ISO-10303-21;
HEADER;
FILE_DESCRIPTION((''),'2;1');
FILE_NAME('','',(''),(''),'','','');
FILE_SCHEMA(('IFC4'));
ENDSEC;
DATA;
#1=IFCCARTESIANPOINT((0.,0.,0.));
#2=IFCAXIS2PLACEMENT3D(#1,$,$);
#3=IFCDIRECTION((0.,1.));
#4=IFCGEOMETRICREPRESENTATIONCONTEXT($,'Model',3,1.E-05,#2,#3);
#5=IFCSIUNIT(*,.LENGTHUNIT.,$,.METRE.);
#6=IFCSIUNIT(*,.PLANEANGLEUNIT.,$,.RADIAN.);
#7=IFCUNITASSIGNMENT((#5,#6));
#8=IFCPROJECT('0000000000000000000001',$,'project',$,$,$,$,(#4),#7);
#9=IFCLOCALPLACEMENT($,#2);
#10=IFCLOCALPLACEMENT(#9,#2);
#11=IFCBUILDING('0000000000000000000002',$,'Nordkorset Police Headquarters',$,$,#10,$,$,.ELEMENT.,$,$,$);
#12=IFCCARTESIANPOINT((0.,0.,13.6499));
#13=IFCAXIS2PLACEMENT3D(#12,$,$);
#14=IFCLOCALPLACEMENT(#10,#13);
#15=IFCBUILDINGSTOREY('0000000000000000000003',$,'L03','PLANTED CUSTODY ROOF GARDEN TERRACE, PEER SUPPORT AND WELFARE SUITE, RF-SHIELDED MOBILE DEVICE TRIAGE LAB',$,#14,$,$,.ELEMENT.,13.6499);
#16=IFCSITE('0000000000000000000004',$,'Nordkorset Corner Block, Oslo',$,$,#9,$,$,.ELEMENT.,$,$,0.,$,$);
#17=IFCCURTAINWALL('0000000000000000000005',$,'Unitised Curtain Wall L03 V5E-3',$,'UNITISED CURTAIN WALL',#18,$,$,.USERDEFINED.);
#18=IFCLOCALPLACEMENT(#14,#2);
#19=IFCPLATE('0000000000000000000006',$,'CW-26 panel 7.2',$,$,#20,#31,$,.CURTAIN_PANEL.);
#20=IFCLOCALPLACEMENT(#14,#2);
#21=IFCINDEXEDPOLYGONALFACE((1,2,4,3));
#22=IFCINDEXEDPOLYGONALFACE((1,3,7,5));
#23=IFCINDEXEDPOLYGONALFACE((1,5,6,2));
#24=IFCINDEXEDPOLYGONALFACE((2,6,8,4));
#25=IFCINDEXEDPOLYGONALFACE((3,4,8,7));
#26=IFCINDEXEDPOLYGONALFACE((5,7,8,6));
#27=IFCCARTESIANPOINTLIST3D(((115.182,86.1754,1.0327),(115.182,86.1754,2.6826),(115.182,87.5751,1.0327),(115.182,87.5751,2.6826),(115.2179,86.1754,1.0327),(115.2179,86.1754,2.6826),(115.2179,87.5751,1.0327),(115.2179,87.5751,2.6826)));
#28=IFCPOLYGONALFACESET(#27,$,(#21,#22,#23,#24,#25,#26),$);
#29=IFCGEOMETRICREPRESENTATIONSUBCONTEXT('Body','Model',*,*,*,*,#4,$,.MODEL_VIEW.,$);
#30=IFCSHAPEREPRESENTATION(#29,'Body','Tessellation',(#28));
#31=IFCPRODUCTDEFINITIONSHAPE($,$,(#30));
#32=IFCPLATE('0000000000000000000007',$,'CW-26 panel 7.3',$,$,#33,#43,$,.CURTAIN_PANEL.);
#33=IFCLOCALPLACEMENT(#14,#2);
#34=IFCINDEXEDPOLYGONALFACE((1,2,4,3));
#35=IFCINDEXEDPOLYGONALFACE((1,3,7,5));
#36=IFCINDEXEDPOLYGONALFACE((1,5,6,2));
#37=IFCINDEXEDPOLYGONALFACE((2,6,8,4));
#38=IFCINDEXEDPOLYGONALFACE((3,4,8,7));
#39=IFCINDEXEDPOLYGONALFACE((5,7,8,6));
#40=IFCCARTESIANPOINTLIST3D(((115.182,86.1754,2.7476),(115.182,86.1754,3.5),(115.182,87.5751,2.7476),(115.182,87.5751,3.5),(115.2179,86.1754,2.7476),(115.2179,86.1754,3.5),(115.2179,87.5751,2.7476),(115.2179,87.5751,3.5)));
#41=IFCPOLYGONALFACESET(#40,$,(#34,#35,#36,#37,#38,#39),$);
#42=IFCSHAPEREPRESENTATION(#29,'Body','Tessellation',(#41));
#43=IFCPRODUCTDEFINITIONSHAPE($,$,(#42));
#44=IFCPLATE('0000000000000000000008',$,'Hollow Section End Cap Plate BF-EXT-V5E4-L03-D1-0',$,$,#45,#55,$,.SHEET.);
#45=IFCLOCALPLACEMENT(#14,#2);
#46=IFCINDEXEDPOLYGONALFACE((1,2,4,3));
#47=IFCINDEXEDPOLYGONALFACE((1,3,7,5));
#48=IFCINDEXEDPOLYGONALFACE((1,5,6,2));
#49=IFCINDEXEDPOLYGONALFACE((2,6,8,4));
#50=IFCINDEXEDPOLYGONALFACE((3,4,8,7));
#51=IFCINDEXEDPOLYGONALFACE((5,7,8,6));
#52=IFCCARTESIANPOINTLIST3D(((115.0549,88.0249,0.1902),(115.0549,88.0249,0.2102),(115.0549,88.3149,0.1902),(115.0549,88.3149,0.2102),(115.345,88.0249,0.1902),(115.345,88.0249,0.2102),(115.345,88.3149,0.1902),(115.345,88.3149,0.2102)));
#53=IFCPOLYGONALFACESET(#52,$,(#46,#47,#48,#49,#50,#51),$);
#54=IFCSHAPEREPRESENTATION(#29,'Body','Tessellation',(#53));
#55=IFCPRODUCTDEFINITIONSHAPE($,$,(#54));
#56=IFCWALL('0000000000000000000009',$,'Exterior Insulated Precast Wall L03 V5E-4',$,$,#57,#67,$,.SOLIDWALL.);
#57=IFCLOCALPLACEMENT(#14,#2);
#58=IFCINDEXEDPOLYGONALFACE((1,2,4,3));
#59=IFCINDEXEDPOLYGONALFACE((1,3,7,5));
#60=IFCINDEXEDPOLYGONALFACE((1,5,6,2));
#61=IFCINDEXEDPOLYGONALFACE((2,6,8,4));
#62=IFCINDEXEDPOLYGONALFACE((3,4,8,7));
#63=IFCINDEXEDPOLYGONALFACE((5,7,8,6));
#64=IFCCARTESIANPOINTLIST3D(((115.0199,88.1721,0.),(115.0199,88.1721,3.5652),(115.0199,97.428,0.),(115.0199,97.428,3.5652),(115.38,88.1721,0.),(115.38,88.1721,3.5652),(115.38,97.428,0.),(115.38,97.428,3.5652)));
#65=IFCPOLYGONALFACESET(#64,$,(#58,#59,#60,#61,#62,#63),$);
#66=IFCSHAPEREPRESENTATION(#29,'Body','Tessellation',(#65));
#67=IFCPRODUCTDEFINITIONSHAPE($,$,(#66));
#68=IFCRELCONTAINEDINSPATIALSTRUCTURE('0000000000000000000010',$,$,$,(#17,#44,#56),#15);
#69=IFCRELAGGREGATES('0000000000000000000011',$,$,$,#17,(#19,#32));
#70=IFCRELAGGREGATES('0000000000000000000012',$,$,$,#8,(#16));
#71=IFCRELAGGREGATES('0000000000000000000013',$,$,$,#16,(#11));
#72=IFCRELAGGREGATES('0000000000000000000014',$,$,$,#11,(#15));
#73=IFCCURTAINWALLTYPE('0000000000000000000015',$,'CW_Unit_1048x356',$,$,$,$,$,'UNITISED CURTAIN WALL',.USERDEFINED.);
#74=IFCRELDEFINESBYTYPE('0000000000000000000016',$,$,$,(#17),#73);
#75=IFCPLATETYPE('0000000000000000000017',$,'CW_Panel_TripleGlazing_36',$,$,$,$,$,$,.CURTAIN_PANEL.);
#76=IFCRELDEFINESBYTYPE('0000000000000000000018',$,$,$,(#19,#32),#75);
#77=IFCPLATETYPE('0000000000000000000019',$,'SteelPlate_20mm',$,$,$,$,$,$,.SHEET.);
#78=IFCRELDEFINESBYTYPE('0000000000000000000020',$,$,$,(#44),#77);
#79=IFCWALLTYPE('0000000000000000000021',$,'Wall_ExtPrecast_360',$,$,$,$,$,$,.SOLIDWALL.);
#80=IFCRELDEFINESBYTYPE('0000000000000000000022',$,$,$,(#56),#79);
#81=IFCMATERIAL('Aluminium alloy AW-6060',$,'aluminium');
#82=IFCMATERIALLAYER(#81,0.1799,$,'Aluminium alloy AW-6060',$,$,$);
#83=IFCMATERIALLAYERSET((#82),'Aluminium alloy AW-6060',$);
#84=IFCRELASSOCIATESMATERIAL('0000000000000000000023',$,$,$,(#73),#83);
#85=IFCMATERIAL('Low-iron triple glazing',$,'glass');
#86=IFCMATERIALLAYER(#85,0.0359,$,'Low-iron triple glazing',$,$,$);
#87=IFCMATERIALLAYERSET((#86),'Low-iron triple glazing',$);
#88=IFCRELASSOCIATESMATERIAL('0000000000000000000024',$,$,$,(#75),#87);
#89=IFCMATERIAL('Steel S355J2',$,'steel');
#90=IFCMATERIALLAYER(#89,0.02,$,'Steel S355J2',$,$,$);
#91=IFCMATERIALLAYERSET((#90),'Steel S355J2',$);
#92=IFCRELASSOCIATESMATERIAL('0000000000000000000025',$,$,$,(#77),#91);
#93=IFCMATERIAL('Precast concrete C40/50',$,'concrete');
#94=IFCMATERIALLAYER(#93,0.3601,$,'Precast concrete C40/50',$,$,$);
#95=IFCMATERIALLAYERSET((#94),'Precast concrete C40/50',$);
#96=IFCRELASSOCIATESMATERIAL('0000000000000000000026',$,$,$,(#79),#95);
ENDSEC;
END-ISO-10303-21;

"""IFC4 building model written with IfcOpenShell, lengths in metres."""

from ifc_helpers import new_model, si_unit, direction, frame, frame_2d, origin, origin_2d, place, context, subcontext, project, spatial, rectangle, extrude, material, layer, layer_set, type_object, element, aggregate, save


model = new_model("IFC4")

# Units and contexts
model_context = context("Model", 3, precision=1e-05, world=origin(), true_north=direction((0.0, 1.0)))
body_context = subcontext(model_context, "Body", "Model", "MODEL_VIEW")
ifc_project = project(units=[si_unit("LENGTHUNIT", "METRE"), si_unit("PLANEANGLEUNIT", "RADIAN")], contexts=[model_context])

# Site, building, storey
site_placement = place(None, origin())
site = spatial("IfcSite", under=ifc_project, at=site_placement, Name="Nordkorset Corner Block, Oslo", CompositionType="ELEMENT", RefElevation=0.0)
building_placement = place(site_placement, origin())
building = spatial("IfcBuilding", under=site, at=building_placement, Name="Nordkorset Police Headquarters", CompositionType="ELEMENT")
storey_placement = place(building_placement, frame((0.0, 0.0, 13.6499)))
storey = spatial("IfcBuildingStorey", under=building, at=storey_placement, Name="L03", Description="PLANTED CUSTODY ROOF GARDEN TERRACE, PEER SUPPORT AND WELFARE SUITE, RF-SHIELDED MOBILE DEVICE TRIAGE LAB", CompositionType="ELEMENT", Elevation=13.6499)

# Curtain wall
ifc_material_1 = material(Name="Aluminium alloy AW-6060", Category="aluminium")
ifc_layer_1 = layer(ifc_material_1, 0.1799, Name="Aluminium alloy AW-6060")
ifc_layer_set_1 = layer_set([ifc_layer_1], Name="Aluminium alloy AW-6060")
curtain_wall_type = type_object("IfcCurtainWallType", Name="CW_Unit_1048x356", ElementType="UNITISED CURTAIN WALL", PredefinedType="USERDEFINED", material=ifc_layer_set_1)
curtain_wall_placement = place(storey_placement, origin())
curtain_wall = element("IfcCurtainWall", 1, at=curtain_wall_placement, inside=storey, type_object=curtain_wall_type, Name="Unitised Curtain Wall L03 V5E-3", ObjectType="UNITISED CURTAIN WALL", PredefinedType="USERDEFINED")

# Plates
ifc_material_2 = material(Name="Low-iron triple glazing", Category="glass")
ifc_layer_2 = layer(ifc_material_2, 0.0359, Name="Low-iron triple glazing")
ifc_layer_set_2 = layer_set([ifc_layer_2], Name="Low-iron triple glazing")
plate_type_1 = type_object("IfcPlateType", Name="CW_Panel_TripleGlazing_36", PredefinedType="CURTAIN_PANEL", material=ifc_layer_set_2)
plate_1_placement = place(storey_placement, frame((115.2, 86.8752, 1.0327), z_axis=(0.0, 0.0, 1.0), x_axis=(0.0, 1.0, 0.0)))
plate_1 = element("IfcPlate", 2, at=plate_1_placement, type_object=plate_type_1, Name="CW-26 panel 7.2", PredefinedType="CURTAIN_PANEL", context=body_context, shape_type="SweptSolid", body=[
    extrude(rectangle(XDim=1.3997, YDim=0.0359, at=origin_2d()), origin(), (0.0, 0.0, 1.0), 1.6499),
])
plate_2_placement = place(storey_placement, frame((115.2, 86.8752, 2.7476), z_axis=(0.0, 0.0, 1.0), x_axis=(0.0, 1.0, 0.0)))
plate_2 = element("IfcPlate", 3, at=plate_2_placement, type_object=plate_type_1, Name="CW-26 panel 7.3", PredefinedType="CURTAIN_PANEL", context=body_context, shape_type="SweptSolid", body=[
    extrude(rectangle(XDim=1.3997, YDim=0.0359, at=origin_2d()), origin(), (0.0, 0.0, 1.0), 0.7524),
])
aggregate(curtain_wall, [plate_1, plate_2])
ifc_material_3 = material(Name="Steel S355J2", Category="steel")
ifc_layer_3 = layer(ifc_material_3, 0.02, Name="Steel S355J2")
ifc_layer_set_3 = layer_set([ifc_layer_3], Name="Steel S355J2")
plate_type_2 = type_object("IfcPlateType", Name="SteelPlate_20mm", PredefinedType="SHEET", material=ifc_layer_set_3)
plate_3_placement = place(storey_placement, frame((115.2, 88.1699, 0.1902), z_axis=(0.0, 0.0, 1.0), x_axis=(1.0, 0.0, 0.0)))
element("IfcPlate", 4, at=plate_3_placement, inside=storey, type_object=plate_type_2, Name="Hollow Section End Cap Plate BF-EXT-V5E4-L03-D1-0", PredefinedType="SHEET", context=body_context, shape_type="SweptSolid", body=[
    extrude(rectangle(XDim=0.29, YDim=0.29, at=origin_2d()), origin(), (0.0, 0.0, 1.0), 0.02),
])

# Wall
ifc_material_4 = material(Name="Precast concrete C40/50", Category="concrete")
ifc_layer_4 = layer(ifc_material_4, 0.3601, Name="Precast concrete C40/50")
ifc_layer_set_4 = layer_set([ifc_layer_4], Name="Precast concrete C40/50")
wall_type = type_object("IfcWallType", Name="Wall_ExtPrecast_360", PredefinedType="SOLIDWALL", material=ifc_layer_set_4)
wall_placement = place(storey_placement, frame((115.2, 88.1721, 0.0), z_axis=(0.0, 0.0, 1.0), x_axis=(0.0, 1.0, 0.0)))
element("IfcWall", 5, at=wall_placement, inside=storey, type_object=wall_type, Name="Exterior Insulated Precast Wall L03 V5E-4", PredefinedType="SOLIDWALL", context=body_context, shape_type="SweptSolid", body=[
    extrude(rectangle(XDim=9.2559, YDim=0.3601, at=frame_2d((4.6279, 0.0))), origin(), (0.0, 0.0, 1.0), 3.5652),
])

save(model, "model.ifc")
